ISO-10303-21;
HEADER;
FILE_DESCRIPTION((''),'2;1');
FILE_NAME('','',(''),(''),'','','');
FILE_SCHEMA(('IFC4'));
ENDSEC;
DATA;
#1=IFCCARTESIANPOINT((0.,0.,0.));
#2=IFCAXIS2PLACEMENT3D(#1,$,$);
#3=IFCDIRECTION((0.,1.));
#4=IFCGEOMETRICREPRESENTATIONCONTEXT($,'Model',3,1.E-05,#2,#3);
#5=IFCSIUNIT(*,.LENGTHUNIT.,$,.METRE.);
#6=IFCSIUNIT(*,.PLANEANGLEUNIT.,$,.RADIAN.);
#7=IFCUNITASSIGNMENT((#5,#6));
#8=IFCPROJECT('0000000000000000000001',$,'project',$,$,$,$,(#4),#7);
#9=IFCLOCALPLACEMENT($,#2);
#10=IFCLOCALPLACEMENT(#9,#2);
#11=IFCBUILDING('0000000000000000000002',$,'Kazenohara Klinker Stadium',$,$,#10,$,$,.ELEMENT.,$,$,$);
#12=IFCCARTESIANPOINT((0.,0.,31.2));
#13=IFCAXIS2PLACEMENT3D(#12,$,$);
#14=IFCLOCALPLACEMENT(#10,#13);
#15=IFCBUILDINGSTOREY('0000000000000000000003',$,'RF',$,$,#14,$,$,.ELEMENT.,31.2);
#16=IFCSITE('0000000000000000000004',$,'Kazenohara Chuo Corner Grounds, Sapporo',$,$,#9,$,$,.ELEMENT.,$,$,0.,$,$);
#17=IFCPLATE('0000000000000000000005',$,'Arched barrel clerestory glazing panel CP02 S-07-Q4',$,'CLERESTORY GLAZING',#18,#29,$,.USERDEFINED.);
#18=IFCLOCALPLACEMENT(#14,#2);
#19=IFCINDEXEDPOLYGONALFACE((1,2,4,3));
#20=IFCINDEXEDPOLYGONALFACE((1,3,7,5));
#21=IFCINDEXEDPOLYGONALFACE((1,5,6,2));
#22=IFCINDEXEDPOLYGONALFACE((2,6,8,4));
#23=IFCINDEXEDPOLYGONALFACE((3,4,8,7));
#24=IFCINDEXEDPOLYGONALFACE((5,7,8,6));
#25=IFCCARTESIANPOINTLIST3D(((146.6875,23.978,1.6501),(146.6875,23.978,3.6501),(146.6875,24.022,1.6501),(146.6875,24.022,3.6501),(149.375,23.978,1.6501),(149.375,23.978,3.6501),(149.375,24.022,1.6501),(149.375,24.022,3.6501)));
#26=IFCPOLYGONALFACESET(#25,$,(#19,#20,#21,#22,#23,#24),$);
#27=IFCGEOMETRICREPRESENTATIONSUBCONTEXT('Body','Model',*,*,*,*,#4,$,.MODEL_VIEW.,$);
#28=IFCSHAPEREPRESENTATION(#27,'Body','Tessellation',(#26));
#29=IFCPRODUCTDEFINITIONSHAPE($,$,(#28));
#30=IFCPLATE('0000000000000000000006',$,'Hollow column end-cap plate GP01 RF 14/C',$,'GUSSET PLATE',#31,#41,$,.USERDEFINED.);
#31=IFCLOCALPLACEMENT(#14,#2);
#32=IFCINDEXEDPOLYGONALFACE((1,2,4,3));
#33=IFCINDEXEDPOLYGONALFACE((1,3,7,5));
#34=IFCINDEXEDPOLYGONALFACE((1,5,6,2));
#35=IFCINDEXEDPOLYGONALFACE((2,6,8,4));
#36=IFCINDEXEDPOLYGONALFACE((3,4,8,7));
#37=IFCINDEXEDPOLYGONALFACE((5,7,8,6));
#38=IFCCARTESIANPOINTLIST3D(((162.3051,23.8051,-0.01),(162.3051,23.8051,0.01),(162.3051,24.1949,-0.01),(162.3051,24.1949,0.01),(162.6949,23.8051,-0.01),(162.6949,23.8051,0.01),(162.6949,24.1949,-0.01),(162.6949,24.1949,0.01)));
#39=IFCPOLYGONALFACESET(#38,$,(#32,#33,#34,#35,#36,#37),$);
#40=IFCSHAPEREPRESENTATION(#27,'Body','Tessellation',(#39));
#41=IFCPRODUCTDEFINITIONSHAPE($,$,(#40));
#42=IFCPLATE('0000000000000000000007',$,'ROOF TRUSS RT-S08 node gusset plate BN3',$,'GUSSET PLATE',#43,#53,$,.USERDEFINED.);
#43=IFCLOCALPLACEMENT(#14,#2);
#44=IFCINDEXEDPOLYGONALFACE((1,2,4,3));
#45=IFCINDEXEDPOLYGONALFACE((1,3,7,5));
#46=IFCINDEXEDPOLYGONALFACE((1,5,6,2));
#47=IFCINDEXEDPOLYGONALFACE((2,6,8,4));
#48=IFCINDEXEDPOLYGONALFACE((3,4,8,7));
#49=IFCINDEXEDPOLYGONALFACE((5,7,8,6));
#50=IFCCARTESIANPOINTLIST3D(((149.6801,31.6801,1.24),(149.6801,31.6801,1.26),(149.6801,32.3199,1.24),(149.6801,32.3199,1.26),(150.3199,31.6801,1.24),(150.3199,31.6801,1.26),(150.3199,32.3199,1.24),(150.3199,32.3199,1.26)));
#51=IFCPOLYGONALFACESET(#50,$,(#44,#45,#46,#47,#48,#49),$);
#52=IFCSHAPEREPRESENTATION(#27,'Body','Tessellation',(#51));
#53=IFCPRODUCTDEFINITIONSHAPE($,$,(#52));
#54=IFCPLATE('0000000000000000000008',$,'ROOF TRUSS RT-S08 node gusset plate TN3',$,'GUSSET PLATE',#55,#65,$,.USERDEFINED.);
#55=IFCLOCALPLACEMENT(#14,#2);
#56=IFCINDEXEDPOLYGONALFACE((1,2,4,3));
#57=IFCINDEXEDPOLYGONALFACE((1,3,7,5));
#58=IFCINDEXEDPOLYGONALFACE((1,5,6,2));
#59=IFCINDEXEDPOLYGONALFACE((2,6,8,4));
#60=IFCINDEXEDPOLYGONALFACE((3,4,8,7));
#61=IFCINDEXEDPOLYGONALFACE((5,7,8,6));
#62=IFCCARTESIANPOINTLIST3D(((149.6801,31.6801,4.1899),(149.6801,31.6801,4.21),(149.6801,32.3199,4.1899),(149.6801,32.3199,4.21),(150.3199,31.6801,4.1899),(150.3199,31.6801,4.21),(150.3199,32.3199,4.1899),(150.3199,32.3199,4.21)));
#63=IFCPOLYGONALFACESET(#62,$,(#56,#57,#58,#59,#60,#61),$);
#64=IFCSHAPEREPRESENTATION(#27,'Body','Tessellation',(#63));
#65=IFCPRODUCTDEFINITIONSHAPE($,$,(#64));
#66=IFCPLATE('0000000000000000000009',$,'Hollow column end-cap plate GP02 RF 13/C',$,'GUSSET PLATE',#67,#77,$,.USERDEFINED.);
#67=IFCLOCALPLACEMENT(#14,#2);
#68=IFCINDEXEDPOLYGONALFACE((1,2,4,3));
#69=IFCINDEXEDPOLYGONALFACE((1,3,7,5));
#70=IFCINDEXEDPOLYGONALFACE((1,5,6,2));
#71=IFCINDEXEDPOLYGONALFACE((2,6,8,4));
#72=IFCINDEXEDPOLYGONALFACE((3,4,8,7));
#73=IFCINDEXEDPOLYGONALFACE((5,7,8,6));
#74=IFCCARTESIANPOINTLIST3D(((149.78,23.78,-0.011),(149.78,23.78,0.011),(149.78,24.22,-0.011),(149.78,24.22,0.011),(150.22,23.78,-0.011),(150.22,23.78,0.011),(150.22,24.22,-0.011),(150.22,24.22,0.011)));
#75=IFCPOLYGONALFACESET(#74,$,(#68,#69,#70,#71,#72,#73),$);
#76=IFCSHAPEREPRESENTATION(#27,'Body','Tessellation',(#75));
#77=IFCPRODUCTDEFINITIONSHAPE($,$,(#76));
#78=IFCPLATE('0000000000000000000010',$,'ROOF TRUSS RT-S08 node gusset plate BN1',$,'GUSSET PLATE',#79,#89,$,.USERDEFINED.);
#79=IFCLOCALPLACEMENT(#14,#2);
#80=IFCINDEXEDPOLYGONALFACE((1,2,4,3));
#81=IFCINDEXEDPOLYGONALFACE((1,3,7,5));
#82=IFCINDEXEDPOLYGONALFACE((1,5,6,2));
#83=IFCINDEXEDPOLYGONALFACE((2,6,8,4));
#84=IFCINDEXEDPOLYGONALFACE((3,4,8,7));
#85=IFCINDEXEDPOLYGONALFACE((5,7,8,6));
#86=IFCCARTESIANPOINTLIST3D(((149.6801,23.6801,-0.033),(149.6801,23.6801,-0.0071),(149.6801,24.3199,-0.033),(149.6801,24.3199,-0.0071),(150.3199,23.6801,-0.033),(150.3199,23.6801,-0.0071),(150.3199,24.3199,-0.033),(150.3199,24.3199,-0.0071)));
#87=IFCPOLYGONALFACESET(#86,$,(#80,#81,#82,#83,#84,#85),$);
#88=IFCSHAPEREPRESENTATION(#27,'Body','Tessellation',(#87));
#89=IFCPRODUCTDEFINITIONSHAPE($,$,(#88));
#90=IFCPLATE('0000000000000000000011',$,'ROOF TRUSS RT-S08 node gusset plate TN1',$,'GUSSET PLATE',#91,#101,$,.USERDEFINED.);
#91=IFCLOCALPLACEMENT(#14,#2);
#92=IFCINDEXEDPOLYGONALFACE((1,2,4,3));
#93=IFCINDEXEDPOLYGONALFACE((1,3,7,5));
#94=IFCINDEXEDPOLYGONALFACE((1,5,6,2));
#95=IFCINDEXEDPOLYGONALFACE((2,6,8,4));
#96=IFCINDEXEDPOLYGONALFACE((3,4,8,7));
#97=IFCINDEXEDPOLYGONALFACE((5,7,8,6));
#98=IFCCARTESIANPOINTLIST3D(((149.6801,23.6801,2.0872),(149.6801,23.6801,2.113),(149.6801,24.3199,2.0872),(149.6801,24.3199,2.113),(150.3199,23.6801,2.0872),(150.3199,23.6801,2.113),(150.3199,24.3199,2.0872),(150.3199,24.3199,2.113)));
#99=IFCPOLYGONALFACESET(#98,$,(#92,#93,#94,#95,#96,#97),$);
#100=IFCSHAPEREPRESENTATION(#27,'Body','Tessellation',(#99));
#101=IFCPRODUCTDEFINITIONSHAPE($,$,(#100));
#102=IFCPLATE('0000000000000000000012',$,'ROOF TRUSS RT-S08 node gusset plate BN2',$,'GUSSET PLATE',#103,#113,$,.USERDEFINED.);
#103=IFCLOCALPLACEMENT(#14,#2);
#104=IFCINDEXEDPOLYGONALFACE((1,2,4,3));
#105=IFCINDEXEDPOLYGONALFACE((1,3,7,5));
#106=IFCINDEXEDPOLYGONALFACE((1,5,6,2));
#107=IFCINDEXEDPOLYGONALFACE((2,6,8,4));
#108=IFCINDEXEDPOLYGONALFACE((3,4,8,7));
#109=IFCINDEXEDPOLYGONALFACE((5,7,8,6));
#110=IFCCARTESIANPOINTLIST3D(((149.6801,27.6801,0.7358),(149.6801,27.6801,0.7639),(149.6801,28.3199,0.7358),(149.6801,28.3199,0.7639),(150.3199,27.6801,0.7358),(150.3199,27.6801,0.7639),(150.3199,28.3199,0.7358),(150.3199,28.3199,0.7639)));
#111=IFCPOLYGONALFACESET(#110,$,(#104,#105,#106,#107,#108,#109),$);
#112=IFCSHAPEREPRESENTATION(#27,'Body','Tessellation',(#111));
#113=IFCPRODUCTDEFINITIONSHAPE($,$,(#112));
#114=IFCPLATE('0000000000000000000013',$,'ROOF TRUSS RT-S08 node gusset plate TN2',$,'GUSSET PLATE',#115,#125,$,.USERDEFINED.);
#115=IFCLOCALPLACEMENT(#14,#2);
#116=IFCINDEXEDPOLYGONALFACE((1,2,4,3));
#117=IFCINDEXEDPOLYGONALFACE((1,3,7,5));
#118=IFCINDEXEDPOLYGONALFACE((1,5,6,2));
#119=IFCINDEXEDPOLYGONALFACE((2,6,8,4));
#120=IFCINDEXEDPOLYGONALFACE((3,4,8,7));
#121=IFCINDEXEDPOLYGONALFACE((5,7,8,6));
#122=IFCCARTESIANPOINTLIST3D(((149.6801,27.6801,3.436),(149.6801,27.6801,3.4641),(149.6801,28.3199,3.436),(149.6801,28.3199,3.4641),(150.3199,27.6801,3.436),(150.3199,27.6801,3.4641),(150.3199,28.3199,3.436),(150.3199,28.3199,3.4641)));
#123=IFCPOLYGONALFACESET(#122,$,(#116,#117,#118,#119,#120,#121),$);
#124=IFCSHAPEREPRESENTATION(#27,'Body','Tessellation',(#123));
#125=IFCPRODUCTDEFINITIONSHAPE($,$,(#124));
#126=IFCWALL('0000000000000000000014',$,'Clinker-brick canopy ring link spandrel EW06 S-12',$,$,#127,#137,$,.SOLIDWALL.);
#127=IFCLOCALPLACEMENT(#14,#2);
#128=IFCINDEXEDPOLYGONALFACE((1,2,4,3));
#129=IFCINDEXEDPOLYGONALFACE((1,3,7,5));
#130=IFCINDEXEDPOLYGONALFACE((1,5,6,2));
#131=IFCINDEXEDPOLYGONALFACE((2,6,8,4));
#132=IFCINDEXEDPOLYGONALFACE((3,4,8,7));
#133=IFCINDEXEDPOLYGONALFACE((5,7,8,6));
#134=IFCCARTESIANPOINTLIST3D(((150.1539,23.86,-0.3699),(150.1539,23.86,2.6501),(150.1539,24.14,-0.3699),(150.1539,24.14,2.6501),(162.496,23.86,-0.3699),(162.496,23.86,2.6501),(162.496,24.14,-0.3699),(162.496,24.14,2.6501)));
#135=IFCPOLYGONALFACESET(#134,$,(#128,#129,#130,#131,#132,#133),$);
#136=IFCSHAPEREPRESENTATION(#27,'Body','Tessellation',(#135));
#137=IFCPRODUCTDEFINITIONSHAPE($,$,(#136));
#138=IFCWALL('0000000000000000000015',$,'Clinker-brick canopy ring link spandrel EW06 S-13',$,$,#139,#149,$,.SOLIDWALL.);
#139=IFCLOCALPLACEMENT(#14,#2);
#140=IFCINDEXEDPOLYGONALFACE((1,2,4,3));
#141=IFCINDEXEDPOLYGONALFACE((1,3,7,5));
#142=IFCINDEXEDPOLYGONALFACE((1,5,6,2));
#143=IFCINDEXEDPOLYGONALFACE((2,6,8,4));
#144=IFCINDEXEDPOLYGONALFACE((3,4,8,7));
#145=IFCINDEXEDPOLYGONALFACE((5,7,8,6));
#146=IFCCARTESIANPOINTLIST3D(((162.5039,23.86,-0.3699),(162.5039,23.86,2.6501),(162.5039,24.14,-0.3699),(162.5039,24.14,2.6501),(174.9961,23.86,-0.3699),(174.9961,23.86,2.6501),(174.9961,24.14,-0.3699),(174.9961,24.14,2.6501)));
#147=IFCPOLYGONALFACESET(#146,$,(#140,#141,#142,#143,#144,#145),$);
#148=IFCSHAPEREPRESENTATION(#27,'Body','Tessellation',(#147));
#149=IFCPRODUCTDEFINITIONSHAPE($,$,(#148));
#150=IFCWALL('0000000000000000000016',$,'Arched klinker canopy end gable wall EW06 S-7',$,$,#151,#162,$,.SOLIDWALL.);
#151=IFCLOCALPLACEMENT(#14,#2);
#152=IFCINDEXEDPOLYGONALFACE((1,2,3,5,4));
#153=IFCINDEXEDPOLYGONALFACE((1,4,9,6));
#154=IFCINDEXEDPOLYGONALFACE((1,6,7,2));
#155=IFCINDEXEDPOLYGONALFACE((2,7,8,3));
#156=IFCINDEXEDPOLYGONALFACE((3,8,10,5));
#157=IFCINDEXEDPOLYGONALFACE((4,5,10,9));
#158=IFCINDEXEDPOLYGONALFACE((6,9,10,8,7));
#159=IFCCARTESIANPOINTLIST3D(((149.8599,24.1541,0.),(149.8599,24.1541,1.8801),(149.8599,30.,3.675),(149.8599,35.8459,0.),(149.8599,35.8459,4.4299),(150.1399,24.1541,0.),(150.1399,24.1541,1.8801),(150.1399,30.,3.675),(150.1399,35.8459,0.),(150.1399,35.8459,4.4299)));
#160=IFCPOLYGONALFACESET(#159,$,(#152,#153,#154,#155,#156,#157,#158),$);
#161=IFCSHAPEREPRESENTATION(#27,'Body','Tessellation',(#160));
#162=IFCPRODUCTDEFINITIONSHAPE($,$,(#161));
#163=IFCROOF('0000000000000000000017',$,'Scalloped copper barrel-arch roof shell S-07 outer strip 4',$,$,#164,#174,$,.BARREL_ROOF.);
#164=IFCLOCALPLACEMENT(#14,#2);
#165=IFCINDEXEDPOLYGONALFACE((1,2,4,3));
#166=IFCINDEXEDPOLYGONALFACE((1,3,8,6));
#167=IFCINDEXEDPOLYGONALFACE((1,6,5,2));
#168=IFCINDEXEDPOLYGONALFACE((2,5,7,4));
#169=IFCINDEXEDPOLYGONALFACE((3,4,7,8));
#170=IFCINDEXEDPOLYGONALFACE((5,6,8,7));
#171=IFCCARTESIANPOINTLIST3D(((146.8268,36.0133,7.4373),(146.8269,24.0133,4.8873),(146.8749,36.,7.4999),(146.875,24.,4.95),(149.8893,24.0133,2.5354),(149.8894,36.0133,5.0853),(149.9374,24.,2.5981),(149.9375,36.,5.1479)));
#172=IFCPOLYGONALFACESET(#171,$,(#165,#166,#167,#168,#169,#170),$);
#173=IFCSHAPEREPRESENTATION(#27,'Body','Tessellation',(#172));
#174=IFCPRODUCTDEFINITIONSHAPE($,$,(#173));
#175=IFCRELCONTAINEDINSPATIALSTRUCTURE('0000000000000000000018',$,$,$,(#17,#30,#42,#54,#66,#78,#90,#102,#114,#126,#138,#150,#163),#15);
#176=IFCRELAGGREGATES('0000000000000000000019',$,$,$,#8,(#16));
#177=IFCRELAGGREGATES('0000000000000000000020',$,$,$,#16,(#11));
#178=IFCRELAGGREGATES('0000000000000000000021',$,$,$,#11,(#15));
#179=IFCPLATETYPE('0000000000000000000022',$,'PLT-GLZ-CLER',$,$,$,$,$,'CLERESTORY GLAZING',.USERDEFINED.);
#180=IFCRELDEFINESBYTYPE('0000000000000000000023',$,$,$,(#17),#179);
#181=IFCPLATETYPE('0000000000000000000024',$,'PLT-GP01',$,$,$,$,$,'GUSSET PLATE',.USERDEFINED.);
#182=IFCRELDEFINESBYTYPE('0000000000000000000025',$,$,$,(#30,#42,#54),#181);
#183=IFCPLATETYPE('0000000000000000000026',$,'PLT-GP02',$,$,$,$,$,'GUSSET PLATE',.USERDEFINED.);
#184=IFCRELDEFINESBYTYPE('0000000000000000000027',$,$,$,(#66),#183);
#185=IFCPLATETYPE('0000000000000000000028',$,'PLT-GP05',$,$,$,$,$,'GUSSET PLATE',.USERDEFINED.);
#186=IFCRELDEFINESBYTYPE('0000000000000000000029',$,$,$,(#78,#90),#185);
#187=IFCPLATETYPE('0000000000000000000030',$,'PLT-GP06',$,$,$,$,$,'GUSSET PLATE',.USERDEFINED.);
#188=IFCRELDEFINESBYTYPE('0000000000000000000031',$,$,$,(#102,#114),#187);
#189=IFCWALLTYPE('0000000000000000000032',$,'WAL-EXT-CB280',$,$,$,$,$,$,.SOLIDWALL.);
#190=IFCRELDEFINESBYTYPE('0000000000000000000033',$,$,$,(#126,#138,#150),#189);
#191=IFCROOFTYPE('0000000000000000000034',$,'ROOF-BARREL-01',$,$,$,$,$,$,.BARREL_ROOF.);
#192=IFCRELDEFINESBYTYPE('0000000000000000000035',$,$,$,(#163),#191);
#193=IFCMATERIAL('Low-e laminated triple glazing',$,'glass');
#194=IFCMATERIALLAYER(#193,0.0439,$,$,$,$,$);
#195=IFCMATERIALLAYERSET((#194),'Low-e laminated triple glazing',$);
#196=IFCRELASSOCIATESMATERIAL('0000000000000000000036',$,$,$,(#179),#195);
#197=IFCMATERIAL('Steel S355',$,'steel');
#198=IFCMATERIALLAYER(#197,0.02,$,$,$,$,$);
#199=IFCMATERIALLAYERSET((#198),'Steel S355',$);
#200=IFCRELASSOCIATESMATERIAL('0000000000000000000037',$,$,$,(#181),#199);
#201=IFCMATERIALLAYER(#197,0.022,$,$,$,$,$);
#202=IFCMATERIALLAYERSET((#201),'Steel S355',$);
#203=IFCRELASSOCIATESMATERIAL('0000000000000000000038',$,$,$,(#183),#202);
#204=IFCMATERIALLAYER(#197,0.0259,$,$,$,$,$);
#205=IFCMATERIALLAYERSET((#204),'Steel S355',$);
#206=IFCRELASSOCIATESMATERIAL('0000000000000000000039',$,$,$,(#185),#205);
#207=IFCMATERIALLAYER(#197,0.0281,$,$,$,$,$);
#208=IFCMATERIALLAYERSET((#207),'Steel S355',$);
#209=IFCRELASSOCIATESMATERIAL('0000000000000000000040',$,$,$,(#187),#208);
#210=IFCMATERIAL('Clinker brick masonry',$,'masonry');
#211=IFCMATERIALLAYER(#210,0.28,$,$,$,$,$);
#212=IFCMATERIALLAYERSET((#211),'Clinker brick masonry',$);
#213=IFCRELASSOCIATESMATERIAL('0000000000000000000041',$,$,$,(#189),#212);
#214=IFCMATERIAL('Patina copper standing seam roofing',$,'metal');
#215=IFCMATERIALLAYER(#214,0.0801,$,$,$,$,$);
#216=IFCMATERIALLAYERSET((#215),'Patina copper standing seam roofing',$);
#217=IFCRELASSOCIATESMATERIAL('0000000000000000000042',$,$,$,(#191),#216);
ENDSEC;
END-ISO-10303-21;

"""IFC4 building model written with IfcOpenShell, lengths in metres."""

from ifc_helpers import new_model, si_unit, direction, frame, frame_2d, origin, origin_2d, place, context, subcontext, project, spatial, polyline, rectangle, outline, extrude, material, layer, layer_set, type_object, element, save


model = new_model("IFC4")

# Units and contexts
model_context = context("Model", 3, precision=1e-05, world=origin(), true_north=direction((0.0, 1.0)))
body_context = subcontext(model_context, "Body", "Model", "MODEL_VIEW")
ifc_project = project(units=[si_unit("LENGTHUNIT", "METRE"), si_unit("PLANEANGLEUNIT", "RADIAN")], contexts=[model_context])

# Site, building, storey
site_placement = place(None, origin())
site = spatial("IfcSite", under=ifc_project, at=site_placement, Name="Kazenohara Chuo Corner Grounds, Sapporo", CompositionType="ELEMENT", RefElevation=0.0)
building_placement = place(site_placement, origin())
building = spatial("IfcBuilding", under=site, at=building_placement, Name="Kazenohara Klinker Stadium", CompositionType="ELEMENT")
storey_placement = place(building_placement, frame((0.0, 0.0, 31.2)))
storey = spatial("IfcBuildingStorey", under=building, at=storey_placement, Name="RF", CompositionType="ELEMENT", Elevation=31.2)

# Shared definitions
ifc_material_1 = material(Name="Steel S355", Category="steel")

# Plates
ifc_material_2 = material(Name="Low-e laminated triple glazing", Category="glass")
ifc_layer_1 = layer(ifc_material_2, 0.0439)
ifc_layer_set_1 = layer_set([ifc_layer_1], Name="Low-e laminated triple glazing")
plate_type_1 = type_object("IfcPlateType", Name="PLT-GLZ-CLER", ElementType="CLERESTORY GLAZING", PredefinedType="USERDEFINED", material=ifc_layer_set_1)
plate_1_placement = place(storey_placement, frame((148.0312, 24.0, 1.6501), z_axis=(0.0, 0.0, 1.0), x_axis=(1.0, 0.0, 0.0)))
element("IfcPlate", 1, at=plate_1_placement, inside=storey, type_object=plate_type_1, Name="Arched barrel clerestory glazing panel CP02 S-07-Q4", ObjectType="CLERESTORY GLAZING", PredefinedType="USERDEFINED", context=body_context, shape_type="SweptSolid", body=[
    extrude(rectangle(XDim=2.6875, YDim=0.0439, at=origin_2d()), origin(), (0.0, 0.0, 1.0), 2.0),
])
ifc_layer_2 = layer(ifc_material_1, 0.02)
ifc_layer_set_2 = layer_set([ifc_layer_2], Name="Steel S355")
plate_type_2 = type_object("IfcPlateType", Name="PLT-GP01", ElementType="GUSSET PLATE", PredefinedType="USERDEFINED", material=ifc_layer_set_2)
plate_2_placement = place(storey_placement, frame((162.5, 24.0, -0.01), z_axis=(0.0, 0.0, 1.0), x_axis=(1.0, 0.0, 0.0)))
element("IfcPlate", 2, at=plate_2_placement, inside=storey, type_object=plate_type_2, Name="Hollow column end-cap plate GP01 RF 14/C", ObjectType="GUSSET PLATE", PredefinedType="USERDEFINED", context=body_context, shape_type="SweptSolid", body=[
    extrude(rectangle(XDim=0.3899, YDim=0.3899, at=origin_2d()), origin(), (0.0, 0.0, 1.0), 0.02),
])
for number, where, z_axis, x_axis, name in (
    (3, (150.0, 32.0, 1.24), (0.0, 0.0, 1.0), (1.0, 0.0, 0.0), "ROOF TRUSS RT-S08 node gusset plate BN3"),
    (4, (150.0, 32.0, 4.1899), (0.0, 0.0, 1.0), (1.0, 0.0, 0.0), "ROOF TRUSS RT-S08 node gusset plate TN3"),
):
    element("IfcPlate", number, at=place(storey_placement, frame(where, z_axis=z_axis, x_axis=x_axis)), inside=storey, type_object=plate_type_2, Name=name, ObjectType="GUSSET PLATE", PredefinedType="USERDEFINED", context=body_context, shape_type="SweptSolid", body=[
        extrude(rectangle(XDim=0.6399, YDim=0.6399, at=origin_2d()), origin(), (0.0, 0.0, 1.0), 0.02),
    ])
ifc_layer_3 = layer(ifc_material_1, 0.022)
ifc_layer_set_3 = layer_set([ifc_layer_3], Name="Steel S355")
plate_type_3 = type_object("IfcPlateType", Name="PLT-GP02", ElementType="GUSSET PLATE", PredefinedType="USERDEFINED", material=ifc_layer_set_3)
plate_3_placement = place(storey_placement, frame((150.0, 24.0, -0.011), z_axis=(0.0, 0.0, 1.0), x_axis=(1.0, 0.0, 0.0)))
element("IfcPlate", 5, at=plate_3_placement, inside=storey, type_object=plate_type_3, Name="Hollow column end-cap plate GP02 RF 13/C", ObjectType="GUSSET PLATE", PredefinedType="USERDEFINED", context=body_context, shape_type="SweptSolid", body=[
    extrude(rectangle(XDim=0.4399, YDim=0.4399, at=origin_2d()), origin(), (0.0, 0.0, 1.0), 0.022),
])
ifc_layer_4 = layer(ifc_material_1, 0.0259)
ifc_layer_set_4 = layer_set([ifc_layer_4], Name="Steel S355")
plate_type_4 = type_object("IfcPlateType", Name="PLT-GP05", ElementType="GUSSET PLATE", PredefinedType="USERDEFINED", material=ifc_layer_set_4)
for number, where, z_axis, x_axis, name in (
    (6, (150.0, 24.0, -0.033), (0.0, 0.0, 1.0), (1.0, 0.0, 0.0), "ROOF TRUSS RT-S08 node gusset plate BN1"),
    (7, (150.0, 24.0, 2.0872), (0.0, 0.0, 1.0), (1.0, 0.0, 0.0), "ROOF TRUSS RT-S08 node gusset plate TN1"),
):
    element("IfcPlate", number, at=place(storey_placement, frame(where, z_axis=z_axis, x_axis=x_axis)), inside=storey, type_object=plate_type_4, Name=name, ObjectType="GUSSET PLATE", PredefinedType="USERDEFINED", context=body_context, shape_type="SweptSolid", body=[
        extrude(rectangle(XDim=0.6399, YDim=0.6399, at=origin_2d()), origin(), (0.0, 0.0, 1.0), 0.0259),
    ])
ifc_layer_5 = layer(ifc_material_1, 0.0281)
ifc_layer_set_5 = layer_set([ifc_layer_5], Name="Steel S355")
plate_type_5 = type_object("IfcPlateType", Name="PLT-GP06", ElementType="GUSSET PLATE", PredefinedType="USERDEFINED", material=ifc_layer_set_5)
for number, where, z_axis, x_axis, name in (
    (8, (150.0, 28.0, 0.7358), (0.0, 0.0, 1.0), (1.0, 0.0, 0.0), "ROOF TRUSS RT-S08 node gusset plate BN2"),
    (9, (150.0, 28.0, 3.436), (0.0, 0.0, 1.0), (1.0, 0.0, 0.0), "ROOF TRUSS RT-S08 node gusset plate TN2"),
):
    element("IfcPlate", number, at=place(storey_placement, frame(where, z_axis=z_axis, x_axis=x_axis)), inside=storey, type_object=plate_type_5, Name=name, ObjectType="GUSSET PLATE", PredefinedType="USERDEFINED", context=body_context, shape_type="SweptSolid", body=[
        extrude(rectangle(XDim=0.6399, YDim=0.6399, at=origin_2d()), origin(), (0.0, 0.0, 1.0), 0.0281),
    ])

# Walls
ifc_material_3 = material(Name="Clinker brick masonry", Category="masonry")
ifc_layer_6 = layer(ifc_material_3, 0.28)
ifc_layer_set_6 = layer_set([ifc_layer_6], Name="Clinker brick masonry")
wall_type = type_object("IfcWallType", Name="WAL-EXT-CB280", PredefinedType="SOLIDWALL", material=ifc_layer_set_6)
wall_1_placement = place(storey_placement, frame((150.1541, 24.0, -0.3699), z_axis=(0.0, 0.0, 1.0), x_axis=(1.0, 0.0, 0.0)))
element("IfcWall", 10, at=wall_1_placement, inside=storey, type_object=wall_type, Name="Clinker-brick canopy ring link spandrel EW06 S-12", PredefinedType="SOLIDWALL", context=body_context, shape_type="SweptSolid", body=[
    extrude(rectangle(XDim=12.342, YDim=0.28, at=frame_2d((6.1709, 0.0))), origin(), (0.0, 0.0, 1.0), 3.02),
])
wall_2_placement = place(storey_placement, frame((162.5039, 24.0, -0.3699), z_axis=(0.0, 0.0, 1.0), x_axis=(1.0, 0.0, 0.0)))
element("IfcWall", 11, at=wall_2_placement, inside=storey, type_object=wall_type, Name="Clinker-brick canopy ring link spandrel EW06 S-13", PredefinedType="SOLIDWALL", context=body_context, shape_type="SweptSolid", body=[
    extrude(rectangle(XDim=12.4922, YDim=0.28, at=frame_2d((6.2461, 0.0))), origin(), (0.0, 0.0, 1.0), 3.02),
])
wall_3_placement = place(storey_placement, frame((150.0, 24.1541, 0.0), z_axis=(0.0, 0.0, 1.0), x_axis=(0.0, 1.0, 0.0)))
element("IfcWall", 12, at=wall_3_placement, inside=storey, type_object=wall_type, Name="Arched klinker canopy end gable wall EW06 S-7", PredefinedType="SOLIDWALL", context=body_context, shape_type="SweptSolid", body=[
    extrude(outline(polyline([(0.0, 0.0), (11.6919, 0.0), (11.6919, 4.4299), (5.8459, 3.675), (0.0, 1.8801), (0.0, 0.0)])), frame((0.0, 0.1401, 0.0), z_axis=(0.0, -1.0, 0.0), x_axis=(1.0, 0.0, 0.0)), (0.0, 0.0, 1.0), 0.28),
])

# Roof
ifc_material_4 = material(Name="Patina copper standing seam roofing", Category="metal")
ifc_layer_7 = layer(ifc_material_4, 0.0801)
ifc_layer_set_7 = layer_set([ifc_layer_7], Name="Patina copper standing seam roofing")
roof_type = type_object("IfcRoofType", Name="ROOF-BARREL-01", PredefinedType="BARREL_ROOF", material=ifc_layer_set_7)
roof_placement = place(storey_placement, frame((146.875, 24.0, 4.95), z_axis=(0.600616, -0.166186, 0.782076), x_axis=(-0.000005, 0.978159, 0.207856)))
element("IfcRoof", 13, at=roof_placement, inside=storey, type_object=roof_type, Name="Scalloped copper barrel-arch roof shell S-07 outer strip 4", PredefinedType="BARREL_ROOF", context=body_context, shape_type="SweptSolid", body=[
    extrude(outline(polyline([(0.0, 0.0), (12.268, 0.0), (11.7791, -3.8304), (-0.4889, -3.8303), (0.0, 0.0)])), origin(), (0.0, 0.0, -1.0), 0.0801),
])

save(model, "model.ifc")
